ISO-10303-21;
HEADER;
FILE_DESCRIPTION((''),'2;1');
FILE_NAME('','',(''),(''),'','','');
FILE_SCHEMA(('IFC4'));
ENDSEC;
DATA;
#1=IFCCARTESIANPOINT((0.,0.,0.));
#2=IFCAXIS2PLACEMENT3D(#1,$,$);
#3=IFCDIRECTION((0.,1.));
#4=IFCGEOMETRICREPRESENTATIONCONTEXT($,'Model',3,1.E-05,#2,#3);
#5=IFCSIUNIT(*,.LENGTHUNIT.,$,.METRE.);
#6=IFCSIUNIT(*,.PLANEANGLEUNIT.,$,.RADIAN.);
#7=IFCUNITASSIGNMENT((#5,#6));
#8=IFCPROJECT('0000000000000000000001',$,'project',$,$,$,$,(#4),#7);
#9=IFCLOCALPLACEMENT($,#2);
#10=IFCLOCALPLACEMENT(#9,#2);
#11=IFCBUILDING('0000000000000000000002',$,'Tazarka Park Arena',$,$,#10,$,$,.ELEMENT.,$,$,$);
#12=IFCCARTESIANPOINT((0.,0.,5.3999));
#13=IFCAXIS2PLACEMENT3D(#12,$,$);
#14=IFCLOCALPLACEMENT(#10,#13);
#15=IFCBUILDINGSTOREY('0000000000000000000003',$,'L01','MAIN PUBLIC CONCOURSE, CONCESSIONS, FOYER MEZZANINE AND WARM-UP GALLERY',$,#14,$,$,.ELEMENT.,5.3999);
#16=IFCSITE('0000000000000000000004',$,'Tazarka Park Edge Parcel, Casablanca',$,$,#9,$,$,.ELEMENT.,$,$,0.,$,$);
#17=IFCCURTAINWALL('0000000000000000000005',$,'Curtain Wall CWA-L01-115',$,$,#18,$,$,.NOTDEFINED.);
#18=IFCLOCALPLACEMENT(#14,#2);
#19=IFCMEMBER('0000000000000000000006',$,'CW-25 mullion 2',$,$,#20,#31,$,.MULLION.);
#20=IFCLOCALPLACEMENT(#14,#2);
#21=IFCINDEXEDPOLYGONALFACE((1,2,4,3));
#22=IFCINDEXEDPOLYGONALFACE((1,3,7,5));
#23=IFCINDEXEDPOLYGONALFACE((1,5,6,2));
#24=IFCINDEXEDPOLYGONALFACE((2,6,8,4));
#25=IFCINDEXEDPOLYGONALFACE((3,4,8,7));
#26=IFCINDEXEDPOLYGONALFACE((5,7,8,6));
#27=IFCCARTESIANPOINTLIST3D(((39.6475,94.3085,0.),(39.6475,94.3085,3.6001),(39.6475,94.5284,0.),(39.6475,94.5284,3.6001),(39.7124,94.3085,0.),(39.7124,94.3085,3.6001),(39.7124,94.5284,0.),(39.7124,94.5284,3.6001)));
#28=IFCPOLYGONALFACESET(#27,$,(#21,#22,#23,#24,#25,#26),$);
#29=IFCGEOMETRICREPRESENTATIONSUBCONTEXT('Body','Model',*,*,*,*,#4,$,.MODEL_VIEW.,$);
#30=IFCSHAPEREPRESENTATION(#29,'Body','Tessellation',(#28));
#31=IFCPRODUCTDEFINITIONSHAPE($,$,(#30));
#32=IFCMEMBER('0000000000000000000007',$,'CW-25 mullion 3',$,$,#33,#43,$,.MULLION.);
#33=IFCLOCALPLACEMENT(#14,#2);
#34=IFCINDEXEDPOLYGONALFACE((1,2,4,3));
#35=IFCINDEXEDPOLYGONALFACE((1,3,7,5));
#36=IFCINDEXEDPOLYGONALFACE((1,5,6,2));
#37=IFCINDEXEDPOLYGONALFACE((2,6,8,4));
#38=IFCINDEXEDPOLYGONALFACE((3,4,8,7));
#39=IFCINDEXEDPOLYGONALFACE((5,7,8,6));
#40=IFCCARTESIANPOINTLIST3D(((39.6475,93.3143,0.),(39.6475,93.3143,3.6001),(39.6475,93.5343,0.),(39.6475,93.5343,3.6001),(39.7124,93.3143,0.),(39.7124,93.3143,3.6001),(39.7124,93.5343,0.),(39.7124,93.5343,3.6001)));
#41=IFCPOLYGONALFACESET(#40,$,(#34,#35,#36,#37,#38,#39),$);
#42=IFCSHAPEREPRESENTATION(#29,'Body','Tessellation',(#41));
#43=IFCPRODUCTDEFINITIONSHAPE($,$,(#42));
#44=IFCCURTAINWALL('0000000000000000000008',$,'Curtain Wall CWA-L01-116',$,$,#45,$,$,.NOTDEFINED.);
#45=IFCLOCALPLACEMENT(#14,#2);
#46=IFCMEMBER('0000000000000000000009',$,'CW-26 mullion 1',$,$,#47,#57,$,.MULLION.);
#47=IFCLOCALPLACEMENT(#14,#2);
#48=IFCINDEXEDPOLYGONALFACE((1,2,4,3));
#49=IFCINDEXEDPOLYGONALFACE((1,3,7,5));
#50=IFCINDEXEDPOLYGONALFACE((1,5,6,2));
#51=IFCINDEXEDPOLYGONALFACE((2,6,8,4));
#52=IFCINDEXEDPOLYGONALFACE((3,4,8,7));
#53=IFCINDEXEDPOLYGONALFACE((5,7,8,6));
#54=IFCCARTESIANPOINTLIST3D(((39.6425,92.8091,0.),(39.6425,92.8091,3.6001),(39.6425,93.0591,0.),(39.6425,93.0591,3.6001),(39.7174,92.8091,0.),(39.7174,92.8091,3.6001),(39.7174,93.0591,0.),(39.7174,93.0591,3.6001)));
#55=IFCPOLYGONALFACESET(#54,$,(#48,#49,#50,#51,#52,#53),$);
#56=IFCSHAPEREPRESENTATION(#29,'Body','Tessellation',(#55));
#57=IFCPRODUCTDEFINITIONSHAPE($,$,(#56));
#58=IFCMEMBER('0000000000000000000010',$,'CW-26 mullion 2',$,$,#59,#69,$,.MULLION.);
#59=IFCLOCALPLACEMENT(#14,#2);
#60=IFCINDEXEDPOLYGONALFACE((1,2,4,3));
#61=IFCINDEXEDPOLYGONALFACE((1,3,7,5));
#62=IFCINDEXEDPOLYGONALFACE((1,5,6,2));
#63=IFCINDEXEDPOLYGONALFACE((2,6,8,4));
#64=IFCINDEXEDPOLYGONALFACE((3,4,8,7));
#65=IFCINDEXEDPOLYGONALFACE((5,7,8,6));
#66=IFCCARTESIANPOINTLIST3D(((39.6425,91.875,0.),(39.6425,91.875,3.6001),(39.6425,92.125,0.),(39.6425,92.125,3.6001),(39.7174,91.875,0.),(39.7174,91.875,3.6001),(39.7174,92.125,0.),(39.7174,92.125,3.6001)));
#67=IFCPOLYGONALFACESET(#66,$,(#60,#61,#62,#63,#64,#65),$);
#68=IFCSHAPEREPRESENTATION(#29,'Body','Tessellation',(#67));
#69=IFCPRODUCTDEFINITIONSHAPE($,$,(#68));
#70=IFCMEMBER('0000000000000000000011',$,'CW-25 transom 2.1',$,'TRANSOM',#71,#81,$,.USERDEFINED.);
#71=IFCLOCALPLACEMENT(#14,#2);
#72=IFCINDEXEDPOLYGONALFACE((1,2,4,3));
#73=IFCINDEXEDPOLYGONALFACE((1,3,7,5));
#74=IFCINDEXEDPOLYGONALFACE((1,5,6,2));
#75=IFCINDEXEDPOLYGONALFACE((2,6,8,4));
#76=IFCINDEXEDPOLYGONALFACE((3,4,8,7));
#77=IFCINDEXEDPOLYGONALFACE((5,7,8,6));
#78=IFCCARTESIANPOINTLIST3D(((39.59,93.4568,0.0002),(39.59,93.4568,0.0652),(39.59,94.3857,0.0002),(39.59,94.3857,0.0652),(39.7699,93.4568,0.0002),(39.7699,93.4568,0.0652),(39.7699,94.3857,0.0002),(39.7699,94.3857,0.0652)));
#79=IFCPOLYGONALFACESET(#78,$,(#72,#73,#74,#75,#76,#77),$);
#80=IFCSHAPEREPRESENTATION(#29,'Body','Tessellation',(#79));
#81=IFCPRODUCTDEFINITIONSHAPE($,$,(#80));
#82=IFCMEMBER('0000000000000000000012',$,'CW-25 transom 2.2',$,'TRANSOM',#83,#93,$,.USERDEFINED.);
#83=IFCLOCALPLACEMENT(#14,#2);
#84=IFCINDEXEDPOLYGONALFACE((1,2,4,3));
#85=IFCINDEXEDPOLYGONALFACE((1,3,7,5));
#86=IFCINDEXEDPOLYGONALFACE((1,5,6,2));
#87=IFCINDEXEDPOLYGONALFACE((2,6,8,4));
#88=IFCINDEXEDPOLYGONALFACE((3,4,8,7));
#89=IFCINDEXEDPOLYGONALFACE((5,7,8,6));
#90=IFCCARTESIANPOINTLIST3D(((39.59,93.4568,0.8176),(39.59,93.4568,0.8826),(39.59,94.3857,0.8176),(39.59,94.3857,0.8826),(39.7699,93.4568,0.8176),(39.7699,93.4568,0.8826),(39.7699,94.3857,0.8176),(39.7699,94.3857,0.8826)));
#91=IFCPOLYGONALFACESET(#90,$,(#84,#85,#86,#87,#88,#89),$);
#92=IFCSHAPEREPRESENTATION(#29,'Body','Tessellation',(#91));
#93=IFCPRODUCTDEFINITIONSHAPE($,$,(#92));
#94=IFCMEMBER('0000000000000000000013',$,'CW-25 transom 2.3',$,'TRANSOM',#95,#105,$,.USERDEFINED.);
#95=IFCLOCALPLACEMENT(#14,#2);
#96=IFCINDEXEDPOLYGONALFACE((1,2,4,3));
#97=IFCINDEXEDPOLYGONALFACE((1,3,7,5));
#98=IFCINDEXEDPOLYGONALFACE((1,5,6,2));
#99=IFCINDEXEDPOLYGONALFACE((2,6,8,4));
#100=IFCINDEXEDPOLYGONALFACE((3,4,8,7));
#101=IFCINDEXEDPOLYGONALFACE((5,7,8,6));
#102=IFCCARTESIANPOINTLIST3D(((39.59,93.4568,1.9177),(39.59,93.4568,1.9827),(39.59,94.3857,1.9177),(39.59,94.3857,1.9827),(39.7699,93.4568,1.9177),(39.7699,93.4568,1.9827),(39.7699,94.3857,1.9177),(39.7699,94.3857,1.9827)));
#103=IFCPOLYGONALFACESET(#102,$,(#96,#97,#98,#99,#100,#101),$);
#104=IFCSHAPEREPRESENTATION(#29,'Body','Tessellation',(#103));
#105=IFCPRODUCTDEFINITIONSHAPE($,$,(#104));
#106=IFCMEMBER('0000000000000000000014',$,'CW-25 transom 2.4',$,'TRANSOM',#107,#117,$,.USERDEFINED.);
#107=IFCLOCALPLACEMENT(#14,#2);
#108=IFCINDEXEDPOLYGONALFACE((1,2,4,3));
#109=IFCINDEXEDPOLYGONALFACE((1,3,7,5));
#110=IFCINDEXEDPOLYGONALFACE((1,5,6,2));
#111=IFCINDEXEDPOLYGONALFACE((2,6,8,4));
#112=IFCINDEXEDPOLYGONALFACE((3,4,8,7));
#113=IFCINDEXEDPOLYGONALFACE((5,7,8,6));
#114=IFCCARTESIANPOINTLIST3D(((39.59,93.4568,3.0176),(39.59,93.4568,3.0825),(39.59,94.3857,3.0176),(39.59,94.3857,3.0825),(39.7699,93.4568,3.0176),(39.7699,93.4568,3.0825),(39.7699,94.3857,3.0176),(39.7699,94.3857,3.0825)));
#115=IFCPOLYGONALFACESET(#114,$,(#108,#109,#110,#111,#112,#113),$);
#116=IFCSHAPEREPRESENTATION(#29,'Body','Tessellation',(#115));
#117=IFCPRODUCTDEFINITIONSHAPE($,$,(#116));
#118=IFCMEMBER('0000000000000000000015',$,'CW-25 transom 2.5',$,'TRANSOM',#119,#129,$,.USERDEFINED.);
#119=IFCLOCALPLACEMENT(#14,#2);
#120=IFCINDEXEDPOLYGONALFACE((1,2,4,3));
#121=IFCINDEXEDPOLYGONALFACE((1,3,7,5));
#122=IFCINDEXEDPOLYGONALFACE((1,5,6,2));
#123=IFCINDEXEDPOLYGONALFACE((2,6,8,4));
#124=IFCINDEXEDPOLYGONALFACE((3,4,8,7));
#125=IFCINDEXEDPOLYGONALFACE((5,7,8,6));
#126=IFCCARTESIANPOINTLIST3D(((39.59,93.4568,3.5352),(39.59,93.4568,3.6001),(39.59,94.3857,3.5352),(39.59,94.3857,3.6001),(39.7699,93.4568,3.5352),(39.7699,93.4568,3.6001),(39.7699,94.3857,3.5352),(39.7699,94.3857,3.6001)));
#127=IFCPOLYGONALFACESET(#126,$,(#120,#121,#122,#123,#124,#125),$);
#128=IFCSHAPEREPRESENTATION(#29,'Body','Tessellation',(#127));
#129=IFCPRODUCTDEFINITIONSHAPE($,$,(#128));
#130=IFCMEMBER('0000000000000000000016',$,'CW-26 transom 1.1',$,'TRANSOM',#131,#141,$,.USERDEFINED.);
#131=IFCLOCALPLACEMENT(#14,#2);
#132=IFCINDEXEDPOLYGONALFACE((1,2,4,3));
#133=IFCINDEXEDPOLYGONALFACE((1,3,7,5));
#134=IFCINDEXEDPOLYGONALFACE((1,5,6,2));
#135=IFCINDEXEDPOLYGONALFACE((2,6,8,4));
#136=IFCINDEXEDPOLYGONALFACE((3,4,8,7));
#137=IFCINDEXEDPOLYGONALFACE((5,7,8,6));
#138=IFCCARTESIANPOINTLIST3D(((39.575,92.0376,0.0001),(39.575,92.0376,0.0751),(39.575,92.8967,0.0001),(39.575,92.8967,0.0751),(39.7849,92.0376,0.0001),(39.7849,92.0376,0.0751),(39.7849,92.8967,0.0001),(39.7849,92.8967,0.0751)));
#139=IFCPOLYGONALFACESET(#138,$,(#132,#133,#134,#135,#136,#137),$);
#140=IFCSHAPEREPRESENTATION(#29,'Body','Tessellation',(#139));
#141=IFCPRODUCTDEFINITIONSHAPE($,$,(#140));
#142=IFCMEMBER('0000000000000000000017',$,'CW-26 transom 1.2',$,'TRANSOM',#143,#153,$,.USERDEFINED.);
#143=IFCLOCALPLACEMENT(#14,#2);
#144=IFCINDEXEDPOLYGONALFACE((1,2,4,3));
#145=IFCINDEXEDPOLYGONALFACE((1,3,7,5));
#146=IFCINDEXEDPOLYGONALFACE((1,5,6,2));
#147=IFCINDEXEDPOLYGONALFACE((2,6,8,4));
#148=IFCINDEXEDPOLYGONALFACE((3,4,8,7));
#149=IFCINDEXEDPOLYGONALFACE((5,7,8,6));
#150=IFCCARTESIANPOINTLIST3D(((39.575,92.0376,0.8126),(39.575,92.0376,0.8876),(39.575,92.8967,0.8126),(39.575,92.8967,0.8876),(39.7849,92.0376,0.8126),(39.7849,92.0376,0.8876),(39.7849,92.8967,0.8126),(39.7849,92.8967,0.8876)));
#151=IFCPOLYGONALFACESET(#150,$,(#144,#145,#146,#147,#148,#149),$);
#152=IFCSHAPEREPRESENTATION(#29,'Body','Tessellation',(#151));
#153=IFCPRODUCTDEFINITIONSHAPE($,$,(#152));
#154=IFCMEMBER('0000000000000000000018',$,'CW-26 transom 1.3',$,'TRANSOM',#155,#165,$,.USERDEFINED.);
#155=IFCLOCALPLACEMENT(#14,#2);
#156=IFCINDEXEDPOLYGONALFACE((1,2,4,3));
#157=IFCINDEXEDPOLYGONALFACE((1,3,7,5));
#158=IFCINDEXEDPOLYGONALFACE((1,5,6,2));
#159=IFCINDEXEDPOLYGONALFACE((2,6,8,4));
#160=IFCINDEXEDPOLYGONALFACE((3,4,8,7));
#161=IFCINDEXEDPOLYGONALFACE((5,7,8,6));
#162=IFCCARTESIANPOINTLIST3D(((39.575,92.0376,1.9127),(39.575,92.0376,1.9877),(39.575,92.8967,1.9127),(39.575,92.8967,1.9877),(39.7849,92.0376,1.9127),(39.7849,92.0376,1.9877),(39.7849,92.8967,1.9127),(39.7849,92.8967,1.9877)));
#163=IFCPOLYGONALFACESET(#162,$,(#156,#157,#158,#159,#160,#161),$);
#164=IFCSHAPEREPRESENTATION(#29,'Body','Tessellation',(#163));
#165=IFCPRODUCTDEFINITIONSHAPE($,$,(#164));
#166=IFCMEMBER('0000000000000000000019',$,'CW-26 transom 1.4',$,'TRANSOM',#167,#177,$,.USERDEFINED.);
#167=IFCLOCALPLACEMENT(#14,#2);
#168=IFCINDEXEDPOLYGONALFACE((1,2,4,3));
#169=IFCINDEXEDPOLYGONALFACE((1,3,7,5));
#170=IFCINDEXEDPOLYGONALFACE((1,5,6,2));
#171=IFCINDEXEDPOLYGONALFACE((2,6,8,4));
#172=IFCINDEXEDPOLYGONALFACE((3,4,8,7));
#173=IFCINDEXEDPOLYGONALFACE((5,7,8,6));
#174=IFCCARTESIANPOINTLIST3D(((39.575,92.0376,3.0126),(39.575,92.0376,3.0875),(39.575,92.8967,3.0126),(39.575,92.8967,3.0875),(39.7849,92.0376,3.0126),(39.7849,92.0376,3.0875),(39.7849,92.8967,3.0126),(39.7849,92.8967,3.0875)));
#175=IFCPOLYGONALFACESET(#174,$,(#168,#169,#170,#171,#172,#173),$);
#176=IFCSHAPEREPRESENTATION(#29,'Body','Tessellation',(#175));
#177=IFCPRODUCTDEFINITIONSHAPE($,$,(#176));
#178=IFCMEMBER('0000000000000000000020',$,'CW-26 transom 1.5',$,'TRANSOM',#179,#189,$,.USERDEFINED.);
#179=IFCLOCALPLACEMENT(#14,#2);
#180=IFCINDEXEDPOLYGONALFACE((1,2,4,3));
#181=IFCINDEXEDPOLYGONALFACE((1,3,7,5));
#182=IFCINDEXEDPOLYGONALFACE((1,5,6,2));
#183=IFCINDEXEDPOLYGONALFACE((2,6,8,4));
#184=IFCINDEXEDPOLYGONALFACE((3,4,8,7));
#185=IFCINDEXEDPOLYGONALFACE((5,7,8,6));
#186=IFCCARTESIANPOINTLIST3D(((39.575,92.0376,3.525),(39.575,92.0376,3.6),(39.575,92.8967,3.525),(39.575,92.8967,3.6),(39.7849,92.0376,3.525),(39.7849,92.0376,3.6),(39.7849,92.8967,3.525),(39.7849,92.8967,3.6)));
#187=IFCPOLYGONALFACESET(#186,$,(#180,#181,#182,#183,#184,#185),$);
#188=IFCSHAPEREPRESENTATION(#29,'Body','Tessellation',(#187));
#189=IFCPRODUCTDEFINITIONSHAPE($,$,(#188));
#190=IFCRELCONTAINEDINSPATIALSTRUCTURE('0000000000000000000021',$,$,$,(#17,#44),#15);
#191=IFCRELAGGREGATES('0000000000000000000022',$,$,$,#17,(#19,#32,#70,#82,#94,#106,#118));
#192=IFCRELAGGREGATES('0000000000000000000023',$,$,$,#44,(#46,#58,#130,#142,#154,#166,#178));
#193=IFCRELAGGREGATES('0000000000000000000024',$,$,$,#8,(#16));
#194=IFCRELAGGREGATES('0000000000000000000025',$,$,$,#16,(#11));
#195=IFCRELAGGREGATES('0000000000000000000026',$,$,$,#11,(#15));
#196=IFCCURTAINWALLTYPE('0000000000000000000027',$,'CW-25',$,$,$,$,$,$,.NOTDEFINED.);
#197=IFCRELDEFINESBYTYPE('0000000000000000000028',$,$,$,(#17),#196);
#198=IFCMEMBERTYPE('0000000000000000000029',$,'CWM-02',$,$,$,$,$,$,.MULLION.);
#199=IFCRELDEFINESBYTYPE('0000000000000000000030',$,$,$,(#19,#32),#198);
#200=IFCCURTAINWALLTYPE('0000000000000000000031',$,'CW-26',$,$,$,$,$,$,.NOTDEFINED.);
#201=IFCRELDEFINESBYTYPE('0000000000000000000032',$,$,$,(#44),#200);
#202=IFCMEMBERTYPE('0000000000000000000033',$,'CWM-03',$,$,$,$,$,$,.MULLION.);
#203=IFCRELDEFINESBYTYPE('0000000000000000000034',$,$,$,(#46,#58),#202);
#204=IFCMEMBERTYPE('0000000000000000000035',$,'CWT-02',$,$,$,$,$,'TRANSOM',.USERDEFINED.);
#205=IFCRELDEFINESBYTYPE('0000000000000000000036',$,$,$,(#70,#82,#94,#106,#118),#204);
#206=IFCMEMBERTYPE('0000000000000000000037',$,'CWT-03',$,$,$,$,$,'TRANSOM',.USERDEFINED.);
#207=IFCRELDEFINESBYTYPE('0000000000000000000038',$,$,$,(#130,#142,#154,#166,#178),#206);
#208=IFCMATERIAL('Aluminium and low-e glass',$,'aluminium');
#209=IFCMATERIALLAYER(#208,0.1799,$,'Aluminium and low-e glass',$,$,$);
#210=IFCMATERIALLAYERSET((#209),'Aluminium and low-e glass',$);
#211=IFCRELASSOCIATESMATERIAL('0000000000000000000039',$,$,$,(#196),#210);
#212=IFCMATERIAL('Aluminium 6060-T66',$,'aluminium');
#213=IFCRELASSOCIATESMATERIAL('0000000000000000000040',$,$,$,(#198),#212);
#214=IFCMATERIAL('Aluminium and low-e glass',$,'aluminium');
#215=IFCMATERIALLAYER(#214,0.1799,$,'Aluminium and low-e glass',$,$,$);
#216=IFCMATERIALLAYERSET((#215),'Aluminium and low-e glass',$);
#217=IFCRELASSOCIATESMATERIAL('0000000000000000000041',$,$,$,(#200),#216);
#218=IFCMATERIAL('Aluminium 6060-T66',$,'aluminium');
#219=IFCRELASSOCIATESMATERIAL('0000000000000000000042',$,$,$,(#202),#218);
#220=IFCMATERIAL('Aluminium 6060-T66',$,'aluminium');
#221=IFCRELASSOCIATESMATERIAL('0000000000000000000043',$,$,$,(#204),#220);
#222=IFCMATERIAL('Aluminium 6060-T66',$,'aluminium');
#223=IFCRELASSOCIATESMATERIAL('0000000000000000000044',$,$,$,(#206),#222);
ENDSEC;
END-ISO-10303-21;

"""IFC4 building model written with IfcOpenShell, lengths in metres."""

from ifc_helpers import new_model, si_unit, direction, frame, origin, origin_2d, place, context, subcontext, project, spatial, rectangle, extrude, material, layer, layer_set, material_profile, profile_set, type_object, element, aggregate, save


model = new_model("IFC4")

# Units and contexts
model_context = context("Model", 3, precision=1e-05, world=origin(), true_north=direction((0.0, 1.0)))
body_context = subcontext(model_context, "Body", "Model", "MODEL_VIEW")
ifc_project = project(units=[si_unit("LENGTHUNIT", "METRE"), si_unit("PLANEANGLEUNIT", "RADIAN")], contexts=[model_context])

# Site, building, storey
site_placement = place(None, origin())
site = spatial("IfcSite", under=ifc_project, at=site_placement, Name="Tazarka Park Edge Parcel, Casablanca", CompositionType="ELEMENT", RefElevation=0.0)
building_placement = place(site_placement, origin())
building = spatial("IfcBuilding", under=site, at=building_placement, Name="Tazarka Park Arena", CompositionType="ELEMENT")
storey_placement = place(building_placement, frame((0.0, 0.0, 5.3999)))
storey = spatial("IfcBuildingStorey", under=building, at=storey_placement, Name="L01", Description="MAIN PUBLIC CONCOURSE, CONCESSIONS, FOYER MEZZANINE AND WARM-UP GALLERY", CompositionType="ELEMENT", Elevation=5.3999)

# Curtain walls, members
ifc_material_1 = material(Name="Aluminium and low-e glass", Category="aluminium")
ifc_layer_1 = layer(ifc_material_1, 0.1799, Name="Aluminium and low-e glass")
ifc_layer_set_1 = layer_set([ifc_layer_1], Name="Aluminium and low-e glass")
curtain_wall_type_1 = type_object("IfcCurtainWallType", Name="CW-25", PredefinedType="NOTDEFINED", material=ifc_layer_set_1)
curtain_wall_1_placement = place(storey_placement, origin())
curtain_wall_1 = element("IfcCurtainWall", 1, at=curtain_wall_1_placement, inside=storey, type_object=curtain_wall_type_1, Name="Curtain Wall CWA-L01-115", PredefinedType="NOTDEFINED")
ifc_material_2 = material(Name="Aluminium 6060-T66", Category="aluminium")
ifc_material_profile_1 = material_profile(ifc_material_2, rectangle(XDim=0.0649, YDim=0.22, at=origin_2d()), Name="Aluminium 6060-T66")
ifc_profile_set_1 = profile_set([ifc_material_profile_1], Name="Aluminium 6060-T66")
member_type_1 = type_object("IfcMemberType", Name="CWM-02", PredefinedType="MULLION", material=ifc_profile_set_1)
member_1_placement = place(storey_placement, frame((39.6799, 94.4185, 0.0), z_axis=(0.0, 0.0, 1.0), x_axis=(1.0, 0.0, 0.0)))
member_1 = element("IfcMember", 2, at=member_1_placement, type_object=member_type_1, Name="CW-25 mullion 2", PredefinedType="MULLION", context=body_context, shape_type="SweptSolid", body=[
    extrude(rectangle(XDim=0.0649, YDim=0.22, at=origin_2d()), origin(), (0.0, 0.0, 1.0), 3.6001),
])
member_2_placement = place(storey_placement, frame((39.6799, 93.4243, 0.0), z_axis=(0.0, 0.0, 1.0), x_axis=(1.0, 0.0, 0.0)))
member_2 = element("IfcMember", 3, at=member_2_placement, type_object=member_type_1, Name="CW-25 mullion 3", PredefinedType="MULLION", context=body_context, shape_type="SweptSolid", body=[
    extrude(rectangle(XDim=0.0649, YDim=0.22, at=origin_2d()), origin(), (0.0, 0.0, 1.0), 3.6001),
])
ifc_material_3 = material(Name="Aluminium and low-e glass", Category="aluminium")
ifc_layer_2 = layer(ifc_material_3, 0.1799, Name="Aluminium and low-e glass")
ifc_layer_set_2 = layer_set([ifc_layer_2], Name="Aluminium and low-e glass")
curtain_wall_type_2 = type_object("IfcCurtainWallType", Name="CW-26", PredefinedType="NOTDEFINED", material=ifc_layer_set_2)
curtain_wall_2_placement = place(storey_placement, origin())
curtain_wall_2 = element("IfcCurtainWall", 4, at=curtain_wall_2_placement, inside=storey, type_object=curtain_wall_type_2, Name="Curtain Wall CWA-L01-116", PredefinedType="NOTDEFINED")
ifc_material_4 = material(Name="Aluminium 6060-T66", Category="aluminium")
ifc_material_profile_2 = material_profile(ifc_material_4, rectangle(XDim=0.075, YDim=0.25, at=origin_2d()), Name="Aluminium 6060-T66")
ifc_profile_set_2 = profile_set([ifc_material_profile_2], Name="Aluminium 6060-T66")
member_type_2 = type_object("IfcMemberType", Name="CWM-03", PredefinedType="MULLION", material=ifc_profile_set_2)
member_3_placement = place(storey_placement, frame((39.6799, 92.9341, 0.0), z_axis=(0.0, 0.0, 1.0), x_axis=(1.0, 0.0, 0.0)))
member_3 = element("IfcMember", 5, at=member_3_placement, type_object=member_type_2, Name="CW-26 mullion 1", PredefinedType="MULLION", context=body_context, shape_type="SweptSolid", body=[
    extrude(rectangle(XDim=0.075, YDim=0.25, at=origin_2d()), origin(), (0.0, 0.0, 1.0), 3.6001),
])
member_4_placement = place(storey_placement, frame((39.6799, 92.0, 0.0), z_axis=(0.0, 0.0, 1.0), x_axis=(1.0, 0.0, 0.0)))
member_4 = element("IfcMember", 6, at=member_4_placement, type_object=member_type_2, Name="CW-26 mullion 2", PredefinedType="MULLION", context=body_context, shape_type="SweptSolid", body=[
    extrude(rectangle(XDim=0.075, YDim=0.25, at=origin_2d()), origin(), (0.0, 0.0, 1.0), 3.6001),
])

# Members
ifc_material_5 = material(Name="Aluminium 6060-T66", Category="aluminium")
ifc_material_profile_3 = material_profile(ifc_material_5, rectangle(XDim=0.1799, YDim=0.0649, at=origin_2d()), Name="Aluminium 6060-T66")
ifc_profile_set_3 = profile_set([ifc_material_profile_3], Name="Aluminium 6060-T66")
member_type_3 = type_object("IfcMemberType", Name="CWT-02", ElementType="TRANSOM", PredefinedType="USERDEFINED", material=ifc_profile_set_3)
member_5_placement = place(storey_placement, frame((39.6799, 94.3857, 0.0327), z_axis=(0.0, -1.0, 0.0), x_axis=(1.0, 0.0, 0.0)))
member_5 = element("IfcMember", 7, at=member_5_placement, type_object=member_type_3, Name="CW-25 transom 2.1", ObjectType="TRANSOM", PredefinedType="USERDEFINED", context=body_context, shape_type="SweptSolid", body=[
    extrude(rectangle(XDim=0.1799, YDim=0.0649, at=origin_2d()), origin(), (0.0, 0.0, 1.0), 0.929),
])
member_6_placement = place(storey_placement, frame((39.6799, 94.3857, 0.8501), z_axis=(0.0, -1.0, 0.0), x_axis=(1.0, 0.0, 0.0)))
member_6 = element("IfcMember", 8, at=member_6_placement, type_object=member_type_3, Name="CW-25 transom 2.2", ObjectType="TRANSOM", PredefinedType="USERDEFINED", context=body_context, shape_type="SweptSolid", body=[
    extrude(rectangle(XDim=0.1799, YDim=0.0649, at=origin_2d()), origin(), (0.0, 0.0, 1.0), 0.929),
])
member_7_placement = place(storey_placement, frame((39.6799, 94.3857, 1.9502), z_axis=(0.0, -1.0, 0.0), x_axis=(1.0, 0.0, 0.0)))
member_7 = element("IfcMember", 9, at=member_7_placement, type_object=member_type_3, Name="CW-25 transom 2.3", ObjectType="TRANSOM", PredefinedType="USERDEFINED", context=body_context, shape_type="SweptSolid", body=[
    extrude(rectangle(XDim=0.1799, YDim=0.0649, at=origin_2d()), origin(), (0.0, 0.0, 1.0), 0.929),
])
member_8_placement = place(storey_placement, frame((39.6799, 94.3857, 3.05), z_axis=(0.0, -1.0, 0.0), x_axis=(1.0, 0.0, 0.0)))
member_8 = element("IfcMember", 10, at=member_8_placement, type_object=member_type_3, Name="CW-25 transom 2.4", ObjectType="TRANSOM", PredefinedType="USERDEFINED", context=body_context, shape_type="SweptSolid", body=[
    extrude(rectangle(XDim=0.1799, YDim=0.0649, at=origin_2d()), origin(), (0.0, 0.0, 1.0), 0.929),
])
member_9_placement = place(storey_placement, frame((39.6799, 94.3857, 3.5676), z_axis=(0.0, -1.0, 0.0), x_axis=(1.0, 0.0, 0.0)))
member_9 = element("IfcMember", 11, at=member_9_placement, type_object=member_type_3, Name="CW-25 transom 2.5", ObjectType="TRANSOM", PredefinedType="USERDEFINED", context=body_context, shape_type="SweptSolid", body=[
    extrude(rectangle(XDim=0.1799, YDim=0.0649, at=origin_2d()), origin(), (0.0, 0.0, 1.0), 0.929),
])
ifc_material_6 = material(Name="Aluminium 6060-T66", Category="aluminium")
ifc_material_profile_4 = material_profile(ifc_material_6, rectangle(XDim=0.21, YDim=0.075, at=origin_2d()), Name="Aluminium 6060-T66")
ifc_profile_set_4 = profile_set([ifc_material_profile_4], Name="Aluminium 6060-T66")
member_type_4 = type_object("IfcMemberType", Name="CWT-03", ElementType="TRANSOM", PredefinedType="USERDEFINED", material=ifc_profile_set_4)
member_10_placement = place(storey_placement, frame((39.6799, 92.8967, 0.0376), z_axis=(0.0, -1.0, 0.0), x_axis=(1.0, 0.0, 0.0)))
member_10 = element("IfcMember", 12, at=member_10_placement, type_object=member_type_4, Name="CW-26 transom 1.1", ObjectType="TRANSOM", PredefinedType="USERDEFINED", context=body_context, shape_type="SweptSolid", body=[
    extrude(rectangle(XDim=0.21, YDim=0.075, at=origin_2d()), origin(), (0.0, 0.0, 1.0), 0.8591),
])
member_11_placement = place(storey_placement, frame((39.6799, 92.8967, 0.8501), z_axis=(0.0, -1.0, 0.0), x_axis=(1.0, 0.0, 0.0)))
member_11 = element("IfcMember", 13, at=member_11_placement, type_object=member_type_4, Name="CW-26 transom 1.2", ObjectType="TRANSOM", PredefinedType="USERDEFINED", context=body_context, shape_type="SweptSolid", body=[
    extrude(rectangle(XDim=0.21, YDim=0.075, at=origin_2d()), origin(), (0.0, 0.0, 1.0), 0.8591),
])
member_12_placement = place(storey_placement, frame((39.6799, 92.8967, 1.9502), z_axis=(0.0, -1.0, 0.0), x_axis=(1.0, 0.0, 0.0)))
member_12 = element("IfcMember", 14, at=member_12_placement, type_object=member_type_4, Name="CW-26 transom 1.3", ObjectType="TRANSOM", PredefinedType="USERDEFINED", context=body_context, shape_type="SweptSolid", body=[
    extrude(rectangle(XDim=0.21, YDim=0.075, at=origin_2d()), origin(), (0.0, 0.0, 1.0), 0.8591),
])
member_13_placement = place(storey_placement, frame((39.6799, 92.8967, 3.05), z_axis=(0.0, -1.0, 0.0), x_axis=(1.0, 0.0, 0.0)))
member_13 = element("IfcMember", 15, at=member_13_placement, type_object=member_type_4, Name="CW-26 transom 1.4", ObjectType="TRANSOM", PredefinedType="USERDEFINED", context=body_context, shape_type="SweptSolid", body=[
    extrude(rectangle(XDim=0.21, YDim=0.075, at=origin_2d()), origin(), (0.0, 0.0, 1.0), 0.8591),
])
member_14_placement = place(storey_placement, frame((39.6799, 92.8967, 3.5625), z_axis=(0.0, -1.0, 0.0), x_axis=(1.0, 0.0, 0.0)))
member_14 = element("IfcMember", 16, at=member_14_placement, type_object=member_type_4, Name="CW-26 transom 1.5", ObjectType="TRANSOM", PredefinedType="USERDEFINED", context=body_context, shape_type="SweptSolid", body=[
    extrude(rectangle(XDim=0.21, YDim=0.075, at=origin_2d()), origin(), (0.0, 0.0, 1.0), 0.8591),
])

aggregate(curtain_wall_1, [member_1, member_2, member_5, member_6, member_7, member_8, member_9])
aggregate(curtain_wall_2, [member_3, member_4, member_10, member_11, member_12, member_13, member_14])

save(model, "model.ifc")
